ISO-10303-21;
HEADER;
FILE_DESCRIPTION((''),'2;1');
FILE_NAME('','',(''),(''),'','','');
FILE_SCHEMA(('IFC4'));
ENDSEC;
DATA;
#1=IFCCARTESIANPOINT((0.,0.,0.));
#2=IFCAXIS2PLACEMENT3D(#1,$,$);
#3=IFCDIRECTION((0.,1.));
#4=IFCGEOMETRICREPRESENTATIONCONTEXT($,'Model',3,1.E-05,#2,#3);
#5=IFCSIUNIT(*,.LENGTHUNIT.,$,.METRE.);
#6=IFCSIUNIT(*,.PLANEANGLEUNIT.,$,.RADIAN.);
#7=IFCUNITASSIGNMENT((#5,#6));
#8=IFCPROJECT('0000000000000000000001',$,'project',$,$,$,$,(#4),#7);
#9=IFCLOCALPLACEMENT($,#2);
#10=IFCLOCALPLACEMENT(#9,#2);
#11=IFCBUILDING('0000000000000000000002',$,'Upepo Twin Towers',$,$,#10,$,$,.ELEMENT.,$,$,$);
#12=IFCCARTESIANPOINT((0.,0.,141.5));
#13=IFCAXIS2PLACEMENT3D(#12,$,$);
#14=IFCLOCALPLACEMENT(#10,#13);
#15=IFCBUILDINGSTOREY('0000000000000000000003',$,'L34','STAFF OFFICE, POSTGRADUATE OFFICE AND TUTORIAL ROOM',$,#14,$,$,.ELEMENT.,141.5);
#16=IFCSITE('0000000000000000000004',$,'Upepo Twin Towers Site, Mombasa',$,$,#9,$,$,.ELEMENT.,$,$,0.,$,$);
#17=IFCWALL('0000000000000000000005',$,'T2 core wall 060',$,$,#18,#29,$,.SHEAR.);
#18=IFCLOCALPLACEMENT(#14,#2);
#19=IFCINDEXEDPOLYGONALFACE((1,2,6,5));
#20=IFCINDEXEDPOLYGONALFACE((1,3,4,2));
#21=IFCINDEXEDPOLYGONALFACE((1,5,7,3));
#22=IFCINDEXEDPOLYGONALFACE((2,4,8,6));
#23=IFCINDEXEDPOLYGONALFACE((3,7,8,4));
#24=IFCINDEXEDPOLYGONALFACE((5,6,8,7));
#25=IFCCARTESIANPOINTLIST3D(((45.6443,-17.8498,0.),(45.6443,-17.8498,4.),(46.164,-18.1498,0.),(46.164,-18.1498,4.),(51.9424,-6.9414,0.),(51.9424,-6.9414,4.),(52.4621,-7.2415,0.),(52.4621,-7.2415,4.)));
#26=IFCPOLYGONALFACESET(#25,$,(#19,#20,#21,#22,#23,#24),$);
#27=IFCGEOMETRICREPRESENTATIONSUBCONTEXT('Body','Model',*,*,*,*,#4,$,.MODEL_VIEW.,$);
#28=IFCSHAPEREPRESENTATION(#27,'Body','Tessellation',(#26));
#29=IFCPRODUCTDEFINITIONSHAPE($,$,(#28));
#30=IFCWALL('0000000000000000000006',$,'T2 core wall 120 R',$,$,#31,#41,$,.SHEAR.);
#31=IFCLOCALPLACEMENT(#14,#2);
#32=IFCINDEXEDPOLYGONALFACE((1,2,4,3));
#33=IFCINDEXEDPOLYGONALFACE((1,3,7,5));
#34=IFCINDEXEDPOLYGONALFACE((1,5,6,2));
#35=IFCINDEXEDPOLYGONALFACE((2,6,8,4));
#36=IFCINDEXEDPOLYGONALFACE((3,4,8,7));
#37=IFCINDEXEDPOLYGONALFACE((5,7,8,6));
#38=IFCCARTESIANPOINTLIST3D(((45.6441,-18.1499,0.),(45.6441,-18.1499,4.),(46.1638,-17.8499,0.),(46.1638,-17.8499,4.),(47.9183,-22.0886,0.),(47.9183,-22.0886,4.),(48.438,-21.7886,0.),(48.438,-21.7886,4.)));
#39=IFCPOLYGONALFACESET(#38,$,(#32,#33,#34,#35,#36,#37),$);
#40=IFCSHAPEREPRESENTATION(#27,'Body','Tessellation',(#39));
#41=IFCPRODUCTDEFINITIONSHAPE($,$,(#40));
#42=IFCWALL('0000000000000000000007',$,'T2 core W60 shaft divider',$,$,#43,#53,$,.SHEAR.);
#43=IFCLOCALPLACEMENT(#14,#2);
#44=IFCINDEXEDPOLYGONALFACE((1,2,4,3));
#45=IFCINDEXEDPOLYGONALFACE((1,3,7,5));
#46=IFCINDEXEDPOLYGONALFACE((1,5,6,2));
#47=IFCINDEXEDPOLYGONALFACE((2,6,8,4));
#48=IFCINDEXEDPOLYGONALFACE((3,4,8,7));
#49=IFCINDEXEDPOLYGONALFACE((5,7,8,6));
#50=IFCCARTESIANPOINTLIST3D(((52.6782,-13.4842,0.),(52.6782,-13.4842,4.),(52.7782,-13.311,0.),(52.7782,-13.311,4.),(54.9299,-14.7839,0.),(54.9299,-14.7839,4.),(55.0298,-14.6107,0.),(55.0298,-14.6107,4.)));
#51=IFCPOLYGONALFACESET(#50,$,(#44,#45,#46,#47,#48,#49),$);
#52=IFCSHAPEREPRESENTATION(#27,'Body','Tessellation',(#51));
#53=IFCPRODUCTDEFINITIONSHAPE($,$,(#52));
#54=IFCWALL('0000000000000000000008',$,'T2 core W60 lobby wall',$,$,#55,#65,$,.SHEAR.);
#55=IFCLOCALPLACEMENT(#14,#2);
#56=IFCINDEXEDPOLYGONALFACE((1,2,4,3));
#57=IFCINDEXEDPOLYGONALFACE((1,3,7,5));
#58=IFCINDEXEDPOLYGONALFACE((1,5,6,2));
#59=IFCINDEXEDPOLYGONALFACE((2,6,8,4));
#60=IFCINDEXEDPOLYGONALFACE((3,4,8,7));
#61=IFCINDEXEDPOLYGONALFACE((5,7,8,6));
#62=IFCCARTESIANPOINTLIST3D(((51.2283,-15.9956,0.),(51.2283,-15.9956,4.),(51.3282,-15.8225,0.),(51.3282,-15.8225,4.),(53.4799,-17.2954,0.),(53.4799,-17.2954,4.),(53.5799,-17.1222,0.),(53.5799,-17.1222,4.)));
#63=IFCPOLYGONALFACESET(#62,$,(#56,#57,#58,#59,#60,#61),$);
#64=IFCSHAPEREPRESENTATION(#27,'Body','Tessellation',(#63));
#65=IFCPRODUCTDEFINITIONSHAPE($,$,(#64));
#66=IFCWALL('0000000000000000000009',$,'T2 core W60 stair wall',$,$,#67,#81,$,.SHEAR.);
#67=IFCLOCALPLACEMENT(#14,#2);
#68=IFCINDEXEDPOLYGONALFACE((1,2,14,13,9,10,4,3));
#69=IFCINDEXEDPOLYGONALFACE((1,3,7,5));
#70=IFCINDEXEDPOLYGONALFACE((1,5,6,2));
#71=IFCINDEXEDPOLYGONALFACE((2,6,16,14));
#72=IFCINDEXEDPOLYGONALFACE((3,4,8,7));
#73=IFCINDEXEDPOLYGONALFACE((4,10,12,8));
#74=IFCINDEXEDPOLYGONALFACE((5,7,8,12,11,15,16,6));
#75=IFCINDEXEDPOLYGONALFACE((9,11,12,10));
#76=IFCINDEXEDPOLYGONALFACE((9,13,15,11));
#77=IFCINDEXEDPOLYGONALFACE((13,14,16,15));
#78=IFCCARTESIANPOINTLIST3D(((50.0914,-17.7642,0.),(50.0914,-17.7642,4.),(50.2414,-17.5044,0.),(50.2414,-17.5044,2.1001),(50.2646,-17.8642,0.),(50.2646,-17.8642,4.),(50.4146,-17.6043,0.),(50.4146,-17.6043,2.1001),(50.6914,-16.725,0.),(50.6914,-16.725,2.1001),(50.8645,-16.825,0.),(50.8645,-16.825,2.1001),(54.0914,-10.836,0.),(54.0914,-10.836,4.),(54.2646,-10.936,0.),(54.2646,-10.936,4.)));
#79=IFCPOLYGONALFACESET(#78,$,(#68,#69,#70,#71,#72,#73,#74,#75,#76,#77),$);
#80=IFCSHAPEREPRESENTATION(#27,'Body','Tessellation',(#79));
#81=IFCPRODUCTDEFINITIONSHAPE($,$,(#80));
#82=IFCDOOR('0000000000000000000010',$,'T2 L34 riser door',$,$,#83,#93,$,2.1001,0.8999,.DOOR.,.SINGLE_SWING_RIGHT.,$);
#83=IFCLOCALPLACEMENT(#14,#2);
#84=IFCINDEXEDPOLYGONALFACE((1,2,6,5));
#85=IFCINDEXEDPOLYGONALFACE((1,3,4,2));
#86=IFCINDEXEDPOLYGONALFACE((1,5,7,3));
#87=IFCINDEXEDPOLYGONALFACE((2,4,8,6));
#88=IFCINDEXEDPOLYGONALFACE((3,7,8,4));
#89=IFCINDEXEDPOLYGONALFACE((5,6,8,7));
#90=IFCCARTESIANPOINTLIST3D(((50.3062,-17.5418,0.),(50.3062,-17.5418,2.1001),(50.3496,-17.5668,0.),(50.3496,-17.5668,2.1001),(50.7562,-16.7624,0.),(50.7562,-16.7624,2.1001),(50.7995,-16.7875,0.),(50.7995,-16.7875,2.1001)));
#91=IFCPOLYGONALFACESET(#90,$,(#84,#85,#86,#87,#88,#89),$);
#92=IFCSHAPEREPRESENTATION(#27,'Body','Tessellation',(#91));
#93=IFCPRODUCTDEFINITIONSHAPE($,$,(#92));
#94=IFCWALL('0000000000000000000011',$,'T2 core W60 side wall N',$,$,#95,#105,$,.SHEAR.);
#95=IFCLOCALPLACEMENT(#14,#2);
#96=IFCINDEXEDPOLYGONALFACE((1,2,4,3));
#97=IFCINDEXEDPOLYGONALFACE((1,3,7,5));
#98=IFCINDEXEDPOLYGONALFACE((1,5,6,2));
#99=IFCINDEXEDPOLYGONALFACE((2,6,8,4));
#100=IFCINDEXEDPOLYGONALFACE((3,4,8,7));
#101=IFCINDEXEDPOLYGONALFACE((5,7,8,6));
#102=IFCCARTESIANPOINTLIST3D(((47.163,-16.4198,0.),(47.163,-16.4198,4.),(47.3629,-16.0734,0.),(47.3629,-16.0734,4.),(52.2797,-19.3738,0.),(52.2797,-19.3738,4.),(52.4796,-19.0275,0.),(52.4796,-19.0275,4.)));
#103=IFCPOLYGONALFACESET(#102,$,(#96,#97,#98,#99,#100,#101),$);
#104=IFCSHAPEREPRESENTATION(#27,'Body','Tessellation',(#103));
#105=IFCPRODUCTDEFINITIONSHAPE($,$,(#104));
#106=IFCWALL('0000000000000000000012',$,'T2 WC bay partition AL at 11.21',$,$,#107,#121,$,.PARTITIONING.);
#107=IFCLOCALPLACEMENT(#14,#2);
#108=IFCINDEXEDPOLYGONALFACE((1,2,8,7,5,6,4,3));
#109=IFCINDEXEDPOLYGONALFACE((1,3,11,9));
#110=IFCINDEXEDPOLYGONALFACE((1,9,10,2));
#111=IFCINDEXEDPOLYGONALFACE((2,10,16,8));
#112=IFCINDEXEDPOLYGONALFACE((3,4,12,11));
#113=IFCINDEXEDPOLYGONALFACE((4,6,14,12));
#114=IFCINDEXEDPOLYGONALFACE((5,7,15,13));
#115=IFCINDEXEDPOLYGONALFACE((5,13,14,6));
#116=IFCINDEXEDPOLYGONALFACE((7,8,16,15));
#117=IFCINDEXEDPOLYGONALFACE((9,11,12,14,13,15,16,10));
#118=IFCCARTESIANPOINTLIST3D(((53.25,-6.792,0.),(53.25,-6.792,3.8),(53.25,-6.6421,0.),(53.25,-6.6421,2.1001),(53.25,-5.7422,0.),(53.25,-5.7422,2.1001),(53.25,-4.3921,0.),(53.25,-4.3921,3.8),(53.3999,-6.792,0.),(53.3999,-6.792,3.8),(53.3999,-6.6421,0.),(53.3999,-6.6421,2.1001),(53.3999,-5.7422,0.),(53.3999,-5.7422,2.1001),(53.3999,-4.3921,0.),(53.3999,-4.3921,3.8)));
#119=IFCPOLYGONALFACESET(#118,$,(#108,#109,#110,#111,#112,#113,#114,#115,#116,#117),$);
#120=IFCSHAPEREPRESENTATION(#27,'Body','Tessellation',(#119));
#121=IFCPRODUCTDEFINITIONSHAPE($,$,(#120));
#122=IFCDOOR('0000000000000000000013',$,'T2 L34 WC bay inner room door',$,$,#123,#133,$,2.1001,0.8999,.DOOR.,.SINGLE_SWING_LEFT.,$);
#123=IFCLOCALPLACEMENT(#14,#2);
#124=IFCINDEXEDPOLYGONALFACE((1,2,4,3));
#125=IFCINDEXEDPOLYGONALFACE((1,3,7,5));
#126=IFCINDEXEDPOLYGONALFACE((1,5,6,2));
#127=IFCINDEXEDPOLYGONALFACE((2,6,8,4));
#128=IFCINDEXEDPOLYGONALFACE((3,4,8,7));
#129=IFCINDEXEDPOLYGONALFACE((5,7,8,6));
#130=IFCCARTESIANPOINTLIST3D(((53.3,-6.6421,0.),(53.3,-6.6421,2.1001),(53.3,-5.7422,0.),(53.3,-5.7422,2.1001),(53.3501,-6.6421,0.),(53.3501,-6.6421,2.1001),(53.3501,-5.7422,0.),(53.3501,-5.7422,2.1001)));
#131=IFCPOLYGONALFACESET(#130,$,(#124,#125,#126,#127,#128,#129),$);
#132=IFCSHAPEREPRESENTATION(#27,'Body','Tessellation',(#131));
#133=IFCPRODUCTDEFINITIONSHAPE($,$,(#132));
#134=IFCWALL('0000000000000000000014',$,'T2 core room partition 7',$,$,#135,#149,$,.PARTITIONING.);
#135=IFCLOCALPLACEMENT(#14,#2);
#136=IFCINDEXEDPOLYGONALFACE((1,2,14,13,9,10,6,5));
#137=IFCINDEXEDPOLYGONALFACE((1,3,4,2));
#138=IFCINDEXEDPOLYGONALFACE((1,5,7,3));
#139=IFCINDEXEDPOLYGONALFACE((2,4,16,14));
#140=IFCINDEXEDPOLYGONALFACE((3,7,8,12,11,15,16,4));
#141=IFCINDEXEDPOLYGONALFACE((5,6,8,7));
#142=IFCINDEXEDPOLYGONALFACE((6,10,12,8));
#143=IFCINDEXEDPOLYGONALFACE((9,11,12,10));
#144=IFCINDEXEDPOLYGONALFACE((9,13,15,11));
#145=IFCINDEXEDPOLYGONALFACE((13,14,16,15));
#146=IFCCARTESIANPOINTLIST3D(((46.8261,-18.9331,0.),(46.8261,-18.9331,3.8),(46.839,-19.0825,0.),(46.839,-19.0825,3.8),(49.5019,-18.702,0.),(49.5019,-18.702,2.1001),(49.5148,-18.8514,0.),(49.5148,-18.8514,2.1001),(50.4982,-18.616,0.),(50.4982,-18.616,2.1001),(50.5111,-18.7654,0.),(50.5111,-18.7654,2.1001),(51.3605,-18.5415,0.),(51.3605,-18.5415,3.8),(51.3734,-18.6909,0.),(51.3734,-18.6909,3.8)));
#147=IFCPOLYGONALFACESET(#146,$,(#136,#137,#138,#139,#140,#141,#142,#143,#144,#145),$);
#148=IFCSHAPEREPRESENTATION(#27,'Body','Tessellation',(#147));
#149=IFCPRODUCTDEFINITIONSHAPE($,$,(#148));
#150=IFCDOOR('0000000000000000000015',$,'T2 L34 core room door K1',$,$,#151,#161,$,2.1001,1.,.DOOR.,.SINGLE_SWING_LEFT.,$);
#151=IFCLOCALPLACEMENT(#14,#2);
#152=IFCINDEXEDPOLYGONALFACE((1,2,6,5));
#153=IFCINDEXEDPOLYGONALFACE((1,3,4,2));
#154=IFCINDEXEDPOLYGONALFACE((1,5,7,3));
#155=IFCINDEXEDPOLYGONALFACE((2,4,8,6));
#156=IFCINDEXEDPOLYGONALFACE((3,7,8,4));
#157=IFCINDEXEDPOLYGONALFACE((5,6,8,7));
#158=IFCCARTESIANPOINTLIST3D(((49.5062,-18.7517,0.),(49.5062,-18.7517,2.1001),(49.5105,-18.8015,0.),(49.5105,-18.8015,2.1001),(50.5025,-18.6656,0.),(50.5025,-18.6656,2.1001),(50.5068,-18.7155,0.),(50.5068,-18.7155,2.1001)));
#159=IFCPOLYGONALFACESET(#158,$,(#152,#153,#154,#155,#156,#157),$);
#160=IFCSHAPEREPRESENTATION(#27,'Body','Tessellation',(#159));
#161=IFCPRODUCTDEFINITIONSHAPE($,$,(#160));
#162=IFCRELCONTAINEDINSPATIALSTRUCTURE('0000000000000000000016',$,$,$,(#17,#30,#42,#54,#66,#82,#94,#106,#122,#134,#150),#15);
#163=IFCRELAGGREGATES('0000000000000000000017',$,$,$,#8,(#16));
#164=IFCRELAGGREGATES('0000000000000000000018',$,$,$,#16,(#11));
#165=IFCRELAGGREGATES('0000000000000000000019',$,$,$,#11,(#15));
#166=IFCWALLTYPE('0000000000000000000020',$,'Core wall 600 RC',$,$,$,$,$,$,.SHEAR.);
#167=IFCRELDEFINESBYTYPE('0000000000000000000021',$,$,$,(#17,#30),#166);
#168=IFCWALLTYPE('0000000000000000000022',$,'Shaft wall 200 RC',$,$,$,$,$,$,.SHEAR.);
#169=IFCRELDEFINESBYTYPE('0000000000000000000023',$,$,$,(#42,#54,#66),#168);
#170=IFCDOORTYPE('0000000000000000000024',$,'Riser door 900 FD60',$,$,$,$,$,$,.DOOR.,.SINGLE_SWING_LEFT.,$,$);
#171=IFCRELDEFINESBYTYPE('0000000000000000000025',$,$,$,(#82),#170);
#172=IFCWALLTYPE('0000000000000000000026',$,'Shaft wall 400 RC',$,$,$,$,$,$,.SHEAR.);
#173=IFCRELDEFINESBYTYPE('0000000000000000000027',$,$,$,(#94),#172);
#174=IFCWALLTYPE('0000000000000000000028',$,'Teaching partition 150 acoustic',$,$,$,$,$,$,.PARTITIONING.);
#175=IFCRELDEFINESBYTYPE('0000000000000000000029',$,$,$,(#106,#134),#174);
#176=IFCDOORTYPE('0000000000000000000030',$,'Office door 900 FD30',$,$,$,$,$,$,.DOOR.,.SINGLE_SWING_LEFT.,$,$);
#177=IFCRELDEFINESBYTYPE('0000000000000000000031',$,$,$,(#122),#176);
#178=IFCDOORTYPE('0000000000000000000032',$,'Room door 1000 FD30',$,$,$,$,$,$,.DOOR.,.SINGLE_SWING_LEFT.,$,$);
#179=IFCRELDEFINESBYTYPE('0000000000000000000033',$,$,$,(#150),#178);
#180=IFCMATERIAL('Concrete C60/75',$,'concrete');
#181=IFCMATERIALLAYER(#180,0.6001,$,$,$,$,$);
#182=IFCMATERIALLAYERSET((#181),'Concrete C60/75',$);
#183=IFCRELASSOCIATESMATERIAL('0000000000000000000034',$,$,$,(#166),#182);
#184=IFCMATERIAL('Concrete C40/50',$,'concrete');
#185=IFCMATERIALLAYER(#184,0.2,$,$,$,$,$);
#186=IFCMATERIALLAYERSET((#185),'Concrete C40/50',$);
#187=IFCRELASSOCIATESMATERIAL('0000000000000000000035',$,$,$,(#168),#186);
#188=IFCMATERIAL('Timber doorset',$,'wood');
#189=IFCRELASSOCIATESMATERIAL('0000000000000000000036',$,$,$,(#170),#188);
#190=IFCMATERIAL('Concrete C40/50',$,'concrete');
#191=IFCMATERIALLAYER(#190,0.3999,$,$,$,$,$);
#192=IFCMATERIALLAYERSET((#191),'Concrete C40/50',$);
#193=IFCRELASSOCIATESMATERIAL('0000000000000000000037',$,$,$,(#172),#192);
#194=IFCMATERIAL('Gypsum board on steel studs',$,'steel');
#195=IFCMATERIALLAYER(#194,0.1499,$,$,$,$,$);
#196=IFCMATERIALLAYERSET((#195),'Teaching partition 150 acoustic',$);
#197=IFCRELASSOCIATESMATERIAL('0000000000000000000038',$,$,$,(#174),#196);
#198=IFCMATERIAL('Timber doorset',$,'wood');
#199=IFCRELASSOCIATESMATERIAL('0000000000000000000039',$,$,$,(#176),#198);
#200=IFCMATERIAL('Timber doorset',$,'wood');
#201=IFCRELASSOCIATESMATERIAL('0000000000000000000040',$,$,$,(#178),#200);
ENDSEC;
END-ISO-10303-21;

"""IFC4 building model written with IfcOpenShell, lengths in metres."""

from ifc_helpers import new_model, si_unit, direction, frame, frame_2d, origin, place, context, subcontext, project, spatial, rectangle, extrude, material, layer, layer_set, type_object, element, fill, save


model = new_model("IFC4")

# Units and contexts
model_context = context("Model", 3, precision=1e-05, world=origin(), true_north=direction((0.0, 1.0)))
body_context = subcontext(model_context, "Body", "Model", "MODEL_VIEW")
ifc_project = project(units=[si_unit("LENGTHUNIT", "METRE"), si_unit("PLANEANGLEUNIT", "RADIAN")], contexts=[model_context])

# Site, building, storey
site_placement = place(None, origin())
site = spatial("IfcSite", under=ifc_project, at=site_placement, Name="Upepo Twin Towers Site, Mombasa", CompositionType="ELEMENT", RefElevation=0.0)
building_placement = place(site_placement, origin())
building = spatial("IfcBuilding", under=site, at=building_placement, Name="Upepo Twin Towers", CompositionType="ELEMENT")
storey_placement = place(building_placement, frame((0.0, 0.0, 141.5)))
storey = spatial("IfcBuildingStorey", under=building, at=storey_placement, Name="L34", Description="STAFF OFFICE, POSTGRADUATE OFFICE AND TUTORIAL ROOM", CompositionType="ELEMENT", Elevation=141.5)

# Walls
ifc_material_1 = material(Name="Concrete C60/75", Category="concrete")
ifc_layer_1 = layer(ifc_material_1, 0.6001)
ifc_layer_set_1 = layer_set([ifc_layer_1], Name="Concrete C60/75")
wall_type_1 = type_object("IfcWallType", Name="Core wall 600 RC", PredefinedType="SHEAR", material=ifc_layer_set_1)
wall_1_placement = place(storey_placement, frame((52.2021, -7.0916, 0.0), z_axis=(0.0, 0.0, 1.0), x_axis=(-0.500006, -0.866022, 0.0)))
element("IfcWall", 1, at=wall_1_placement, inside=storey, type_object=wall_type_1, Name="T2 core wall 060", PredefinedType="SHEAR", context=body_context, shape_type="SweptSolid", body=[
    extrude(rectangle(XDim=12.5959, YDim=0.6001, at=frame_2d((6.2979, 0.0))), origin(), (0.0, 0.0, 1.0), 4.0),
])
wall_2_placement = place(storey_placement, frame((45.9041, -18.0, 0.0), z_axis=(0.0, 0.0, 1.0), x_axis=(0.500024, -0.866011, 0.0)))
element("IfcWall", 2, at=wall_2_placement, inside=storey, type_object=wall_type_1, Name="T2 core wall 120 R", PredefinedType="SHEAR", context=body_context, shape_type="SweptSolid", body=[
    extrude(rectangle(XDim=4.5481, YDim=0.6001, at=frame_2d((2.2739, 0.0))), origin(), (0.0, 0.0, 1.0), 4.0),
])
ifc_material_2 = material(Name="Concrete C40/50", Category="concrete")
ifc_layer_2 = layer(ifc_material_2, 0.2)
ifc_layer_set_2 = layer_set([ifc_layer_2], Name="Concrete C40/50")
wall_type_2 = type_object("IfcWallType", Name="Shaft wall 200 RC", PredefinedType="SHEAR", material=ifc_layer_set_2)
for number, where, z_axis, x_axis, name in (
    (3, (54.9797, -14.6973, 0.0), (0.0, 0.0, 1.0), (-0.866062, 0.499937, 0.0), "T2 core W60 shaft divider"),
    (4, (53.5298, -17.2087, 0.0), (0.0, 0.0, 1.0), (-0.866062, 0.499937, 0.0), "T2 core W60 lobby wall"),
):
    element("IfcWall", number, at=place(storey_placement, frame(where, z_axis=z_axis, x_axis=x_axis)), inside=storey, type_object=wall_type_2, Name=name, PredefinedType="SHEAR", context=body_context, shape_type="SweptSolid", body=[
        extrude(rectangle(XDim=2.5999, YDim=0.2, at=frame_2d((1.2998, 0.0))), origin(), (0.0, 0.0, 1.0), 4.0),
    ])

# Wall, opening, door
wall_3_placement = place(storey_placement, frame((54.178, -10.886, 0.0), z_axis=(0.0, 0.0, 1.0), x_axis=(-0.499999, -0.866026, 0.0)))
wall_3 = element("IfcWall", 5, at=wall_3_placement, inside=storey, type_object=wall_type_2, Name="T2 core W60 stair wall", PredefinedType="SHEAR", context=body_context, shape_type="SweptSolid", body=[
    extrude(rectangle(XDim=8.0, YDim=0.2, at=frame_2d((4.0, 0.0))), origin(), (0.0, 0.0, 1.0), 4.0),
])
opening_1_placement = place(wall_3_placement, frame((6.8, 0.0, 0.0)))
opening_1 = element("IfcOpeningElement", 6, at=opening_1_placement, cuts=wall_3, PredefinedType="OPENING", context=body_context, shape_type="SweptSolid", body=[
    extrude(rectangle(XDim=0.8999, YDim=2.1001, at=frame_2d((0.45, 1.05))), frame((0.0, 0.1099, 0.0), z_axis=(0.0, -1.0, 0.0), x_axis=(1.0, 0.0, 0.0)), (0.0, 0.0, 1.0), 0.22),
])
ifc_material_3 = material(Name="Timber doorset", Category="wood")
door_type_1 = type_object("IfcDoorType", Name="Riser door 900 FD60", OperationType="SINGLE_SWING_LEFT", PredefinedType="DOOR", material=ifc_material_3)
door_1_placement = place(opening_1_placement, origin())
door_1 = element("IfcDoor", 7, at=door_1_placement, inside=storey, type_object=door_type_1, Name="T2 L34 riser door", OperationType="SINGLE_SWING_RIGHT", OverallHeight=2.1001, OverallWidth=0.8999, PredefinedType="DOOR", context=body_context, shape_type="SweptSolid", body=[
    extrude(rectangle(XDim=0.8999, YDim=2.1001, at=frame_2d((0.45, 1.05))), frame((0.0, 0.0249, 0.0), z_axis=(0.0, -1.0, 0.0), x_axis=(1.0, 0.0, 0.0)), (0.0, 0.0, 1.0), 0.05),
])
fill(opening_1, door_1)

# Wall
ifc_material_4 = material(Name="Concrete C40/50", Category="concrete")
ifc_layer_3 = layer(ifc_material_4, 0.3999)
ifc_layer_set_3 = layer_set([ifc_layer_3], Name="Concrete C40/50")
wall_type_3 = type_object("IfcWallType", Name="Shaft wall 400 RC", PredefinedType="SHEAR", material=ifc_layer_set_3)
wall_4_placement = place(storey_placement, frame((52.3796, -19.2007, 0.0), z_axis=(0.0, 0.0, 1.0), x_axis=(-0.866027, 0.499997, 0.0)))
element("IfcWall", 8, at=wall_4_placement, inside=storey, type_object=wall_type_3, Name="T2 core W60 side wall N", PredefinedType="SHEAR", context=body_context, shape_type="SweptSolid", body=[
    extrude(rectangle(XDim=5.9082, YDim=0.3999, at=frame_2d((2.9541, 0.0))), origin(), (0.0, 0.0, 1.0), 4.0),
])

# Walls, openings, doors
ifc_material_5 = material(Name="Gypsum board on steel studs", Category="steel")
ifc_layer_4 = layer(ifc_material_5, 0.1499)
ifc_layer_set_4 = layer_set([ifc_layer_4], Name="Teaching partition 150 acoustic")
wall_type_4 = type_object("IfcWallType", Name="Teaching partition 150 acoustic", PredefinedType="PARTITIONING", material=ifc_layer_set_4)
wall_5_placement = place(storey_placement, frame((53.325, -6.792, 0.0), z_axis=(0.0, 0.0, 1.0), x_axis=(0.0, 1.0, 0.0)))
wall_5 = element("IfcWall", 9, at=wall_5_placement, inside=storey, type_object=wall_type_4, Name="T2 WC bay partition AL at 11.21", PredefinedType="PARTITIONING", context=body_context, shape_type="SweptSolid", body=[
    extrude(rectangle(XDim=2.3999, YDim=0.1499, at=frame_2d((1.2, 0.0))), origin(), (0.0, 0.0, 1.0), 3.8),
])
opening_2_placement = place(wall_5_placement, frame((0.1499, 0.0, 0.0)))
opening_2 = element("IfcOpeningElement", 10, at=opening_2_placement, cuts=wall_5, PredefinedType="OPENING", context=body_context, shape_type="SweptSolid", body=[
    extrude(rectangle(XDim=0.8999, YDim=2.1001, at=frame_2d((0.45, 1.05))), frame((0.0, 0.085, 0.0), z_axis=(0.0, -1.0, 0.0), x_axis=(1.0, 0.0, 0.0)), (0.0, 0.0, 1.0), 0.1699),
])
ifc_material_6 = material(Name="Timber doorset", Category="wood")
door_type_2 = type_object("IfcDoorType", Name="Office door 900 FD30", OperationType="SINGLE_SWING_LEFT", PredefinedType="DOOR", material=ifc_material_6)
door_2_placement = place(opening_2_placement, origin())
door_2 = element("IfcDoor", 11, at=door_2_placement, inside=storey, type_object=door_type_2, Name="T2 L34 WC bay inner room door", OperationType="SINGLE_SWING_LEFT", OverallHeight=2.1001, OverallWidth=0.8999, PredefinedType="DOOR", context=body_context, shape_type="SweptSolid", body=[
    extrude(rectangle(XDim=0.8999, YDim=2.1001, at=frame_2d((0.45, 1.05))), frame((0.0, 0.0249, 0.0), z_axis=(0.0, -1.0, 0.0), x_axis=(1.0, 0.0, 0.0)), (0.0, 0.0, 1.0), 0.05),
])
fill(opening_2, door_2)
wall_6_placement = place(storey_placement, frame((51.3669, -18.6162, 0.0), z_axis=(0.0, 0.0, 1.0), x_axis=(-0.996292, -0.086042, 0.0)))
wall_6 = element("IfcWall", 12, at=wall_6_placement, inside=storey, type_object=wall_type_4, Name="T2 core room partition 7", PredefinedType="PARTITIONING", context=body_context, shape_type="SweptSolid", body=[
    extrude(rectangle(XDim=4.5513, YDim=0.1499, at=frame_2d((2.2756, 0.0))), origin(), (0.0, 0.0, 1.0), 3.8),
])
opening_3_placement = place(wall_6_placement, frame((0.8655, 0.0, 0.0)))
opening_3 = element("IfcOpeningElement", 13, at=opening_3_placement, cuts=wall_6, PredefinedType="OPENING", context=body_context, shape_type="SweptSolid", body=[
    extrude(rectangle(XDim=1.0, YDim=2.1001, at=frame_2d((0.5, 1.05))), frame((0.0, 0.085, 0.0), z_axis=(0.0, -1.0, 0.0), x_axis=(1.0, 0.0, 0.0)), (0.0, 0.0, 1.0), 0.1699),
])
ifc_material_7 = material(Name="Timber doorset", Category="wood")
door_type_3 = type_object("IfcDoorType", Name="Room door 1000 FD30", OperationType="SINGLE_SWING_LEFT", PredefinedType="DOOR", material=ifc_material_7)
door_3_placement = place(opening_3_placement, origin())
door_3 = element("IfcDoor", 14, at=door_3_placement, inside=storey, type_object=door_type_3, Name="T2 L34 core room door K1", OperationType="SINGLE_SWING_LEFT", OverallHeight=2.1001, OverallWidth=1.0, PredefinedType="DOOR", context=body_context, shape_type="SweptSolid", body=[
    extrude(rectangle(XDim=1.0, YDim=2.1001, at=frame_2d((0.5, 1.05))), frame((0.0, 0.0249, 0.0), z_axis=(0.0, -1.0, 0.0), x_axis=(1.0, 0.0, 0.0)), (0.0, 0.0, 1.0), 0.05),
])
fill(opening_3, door_3)

save(model, "model.ifc")
